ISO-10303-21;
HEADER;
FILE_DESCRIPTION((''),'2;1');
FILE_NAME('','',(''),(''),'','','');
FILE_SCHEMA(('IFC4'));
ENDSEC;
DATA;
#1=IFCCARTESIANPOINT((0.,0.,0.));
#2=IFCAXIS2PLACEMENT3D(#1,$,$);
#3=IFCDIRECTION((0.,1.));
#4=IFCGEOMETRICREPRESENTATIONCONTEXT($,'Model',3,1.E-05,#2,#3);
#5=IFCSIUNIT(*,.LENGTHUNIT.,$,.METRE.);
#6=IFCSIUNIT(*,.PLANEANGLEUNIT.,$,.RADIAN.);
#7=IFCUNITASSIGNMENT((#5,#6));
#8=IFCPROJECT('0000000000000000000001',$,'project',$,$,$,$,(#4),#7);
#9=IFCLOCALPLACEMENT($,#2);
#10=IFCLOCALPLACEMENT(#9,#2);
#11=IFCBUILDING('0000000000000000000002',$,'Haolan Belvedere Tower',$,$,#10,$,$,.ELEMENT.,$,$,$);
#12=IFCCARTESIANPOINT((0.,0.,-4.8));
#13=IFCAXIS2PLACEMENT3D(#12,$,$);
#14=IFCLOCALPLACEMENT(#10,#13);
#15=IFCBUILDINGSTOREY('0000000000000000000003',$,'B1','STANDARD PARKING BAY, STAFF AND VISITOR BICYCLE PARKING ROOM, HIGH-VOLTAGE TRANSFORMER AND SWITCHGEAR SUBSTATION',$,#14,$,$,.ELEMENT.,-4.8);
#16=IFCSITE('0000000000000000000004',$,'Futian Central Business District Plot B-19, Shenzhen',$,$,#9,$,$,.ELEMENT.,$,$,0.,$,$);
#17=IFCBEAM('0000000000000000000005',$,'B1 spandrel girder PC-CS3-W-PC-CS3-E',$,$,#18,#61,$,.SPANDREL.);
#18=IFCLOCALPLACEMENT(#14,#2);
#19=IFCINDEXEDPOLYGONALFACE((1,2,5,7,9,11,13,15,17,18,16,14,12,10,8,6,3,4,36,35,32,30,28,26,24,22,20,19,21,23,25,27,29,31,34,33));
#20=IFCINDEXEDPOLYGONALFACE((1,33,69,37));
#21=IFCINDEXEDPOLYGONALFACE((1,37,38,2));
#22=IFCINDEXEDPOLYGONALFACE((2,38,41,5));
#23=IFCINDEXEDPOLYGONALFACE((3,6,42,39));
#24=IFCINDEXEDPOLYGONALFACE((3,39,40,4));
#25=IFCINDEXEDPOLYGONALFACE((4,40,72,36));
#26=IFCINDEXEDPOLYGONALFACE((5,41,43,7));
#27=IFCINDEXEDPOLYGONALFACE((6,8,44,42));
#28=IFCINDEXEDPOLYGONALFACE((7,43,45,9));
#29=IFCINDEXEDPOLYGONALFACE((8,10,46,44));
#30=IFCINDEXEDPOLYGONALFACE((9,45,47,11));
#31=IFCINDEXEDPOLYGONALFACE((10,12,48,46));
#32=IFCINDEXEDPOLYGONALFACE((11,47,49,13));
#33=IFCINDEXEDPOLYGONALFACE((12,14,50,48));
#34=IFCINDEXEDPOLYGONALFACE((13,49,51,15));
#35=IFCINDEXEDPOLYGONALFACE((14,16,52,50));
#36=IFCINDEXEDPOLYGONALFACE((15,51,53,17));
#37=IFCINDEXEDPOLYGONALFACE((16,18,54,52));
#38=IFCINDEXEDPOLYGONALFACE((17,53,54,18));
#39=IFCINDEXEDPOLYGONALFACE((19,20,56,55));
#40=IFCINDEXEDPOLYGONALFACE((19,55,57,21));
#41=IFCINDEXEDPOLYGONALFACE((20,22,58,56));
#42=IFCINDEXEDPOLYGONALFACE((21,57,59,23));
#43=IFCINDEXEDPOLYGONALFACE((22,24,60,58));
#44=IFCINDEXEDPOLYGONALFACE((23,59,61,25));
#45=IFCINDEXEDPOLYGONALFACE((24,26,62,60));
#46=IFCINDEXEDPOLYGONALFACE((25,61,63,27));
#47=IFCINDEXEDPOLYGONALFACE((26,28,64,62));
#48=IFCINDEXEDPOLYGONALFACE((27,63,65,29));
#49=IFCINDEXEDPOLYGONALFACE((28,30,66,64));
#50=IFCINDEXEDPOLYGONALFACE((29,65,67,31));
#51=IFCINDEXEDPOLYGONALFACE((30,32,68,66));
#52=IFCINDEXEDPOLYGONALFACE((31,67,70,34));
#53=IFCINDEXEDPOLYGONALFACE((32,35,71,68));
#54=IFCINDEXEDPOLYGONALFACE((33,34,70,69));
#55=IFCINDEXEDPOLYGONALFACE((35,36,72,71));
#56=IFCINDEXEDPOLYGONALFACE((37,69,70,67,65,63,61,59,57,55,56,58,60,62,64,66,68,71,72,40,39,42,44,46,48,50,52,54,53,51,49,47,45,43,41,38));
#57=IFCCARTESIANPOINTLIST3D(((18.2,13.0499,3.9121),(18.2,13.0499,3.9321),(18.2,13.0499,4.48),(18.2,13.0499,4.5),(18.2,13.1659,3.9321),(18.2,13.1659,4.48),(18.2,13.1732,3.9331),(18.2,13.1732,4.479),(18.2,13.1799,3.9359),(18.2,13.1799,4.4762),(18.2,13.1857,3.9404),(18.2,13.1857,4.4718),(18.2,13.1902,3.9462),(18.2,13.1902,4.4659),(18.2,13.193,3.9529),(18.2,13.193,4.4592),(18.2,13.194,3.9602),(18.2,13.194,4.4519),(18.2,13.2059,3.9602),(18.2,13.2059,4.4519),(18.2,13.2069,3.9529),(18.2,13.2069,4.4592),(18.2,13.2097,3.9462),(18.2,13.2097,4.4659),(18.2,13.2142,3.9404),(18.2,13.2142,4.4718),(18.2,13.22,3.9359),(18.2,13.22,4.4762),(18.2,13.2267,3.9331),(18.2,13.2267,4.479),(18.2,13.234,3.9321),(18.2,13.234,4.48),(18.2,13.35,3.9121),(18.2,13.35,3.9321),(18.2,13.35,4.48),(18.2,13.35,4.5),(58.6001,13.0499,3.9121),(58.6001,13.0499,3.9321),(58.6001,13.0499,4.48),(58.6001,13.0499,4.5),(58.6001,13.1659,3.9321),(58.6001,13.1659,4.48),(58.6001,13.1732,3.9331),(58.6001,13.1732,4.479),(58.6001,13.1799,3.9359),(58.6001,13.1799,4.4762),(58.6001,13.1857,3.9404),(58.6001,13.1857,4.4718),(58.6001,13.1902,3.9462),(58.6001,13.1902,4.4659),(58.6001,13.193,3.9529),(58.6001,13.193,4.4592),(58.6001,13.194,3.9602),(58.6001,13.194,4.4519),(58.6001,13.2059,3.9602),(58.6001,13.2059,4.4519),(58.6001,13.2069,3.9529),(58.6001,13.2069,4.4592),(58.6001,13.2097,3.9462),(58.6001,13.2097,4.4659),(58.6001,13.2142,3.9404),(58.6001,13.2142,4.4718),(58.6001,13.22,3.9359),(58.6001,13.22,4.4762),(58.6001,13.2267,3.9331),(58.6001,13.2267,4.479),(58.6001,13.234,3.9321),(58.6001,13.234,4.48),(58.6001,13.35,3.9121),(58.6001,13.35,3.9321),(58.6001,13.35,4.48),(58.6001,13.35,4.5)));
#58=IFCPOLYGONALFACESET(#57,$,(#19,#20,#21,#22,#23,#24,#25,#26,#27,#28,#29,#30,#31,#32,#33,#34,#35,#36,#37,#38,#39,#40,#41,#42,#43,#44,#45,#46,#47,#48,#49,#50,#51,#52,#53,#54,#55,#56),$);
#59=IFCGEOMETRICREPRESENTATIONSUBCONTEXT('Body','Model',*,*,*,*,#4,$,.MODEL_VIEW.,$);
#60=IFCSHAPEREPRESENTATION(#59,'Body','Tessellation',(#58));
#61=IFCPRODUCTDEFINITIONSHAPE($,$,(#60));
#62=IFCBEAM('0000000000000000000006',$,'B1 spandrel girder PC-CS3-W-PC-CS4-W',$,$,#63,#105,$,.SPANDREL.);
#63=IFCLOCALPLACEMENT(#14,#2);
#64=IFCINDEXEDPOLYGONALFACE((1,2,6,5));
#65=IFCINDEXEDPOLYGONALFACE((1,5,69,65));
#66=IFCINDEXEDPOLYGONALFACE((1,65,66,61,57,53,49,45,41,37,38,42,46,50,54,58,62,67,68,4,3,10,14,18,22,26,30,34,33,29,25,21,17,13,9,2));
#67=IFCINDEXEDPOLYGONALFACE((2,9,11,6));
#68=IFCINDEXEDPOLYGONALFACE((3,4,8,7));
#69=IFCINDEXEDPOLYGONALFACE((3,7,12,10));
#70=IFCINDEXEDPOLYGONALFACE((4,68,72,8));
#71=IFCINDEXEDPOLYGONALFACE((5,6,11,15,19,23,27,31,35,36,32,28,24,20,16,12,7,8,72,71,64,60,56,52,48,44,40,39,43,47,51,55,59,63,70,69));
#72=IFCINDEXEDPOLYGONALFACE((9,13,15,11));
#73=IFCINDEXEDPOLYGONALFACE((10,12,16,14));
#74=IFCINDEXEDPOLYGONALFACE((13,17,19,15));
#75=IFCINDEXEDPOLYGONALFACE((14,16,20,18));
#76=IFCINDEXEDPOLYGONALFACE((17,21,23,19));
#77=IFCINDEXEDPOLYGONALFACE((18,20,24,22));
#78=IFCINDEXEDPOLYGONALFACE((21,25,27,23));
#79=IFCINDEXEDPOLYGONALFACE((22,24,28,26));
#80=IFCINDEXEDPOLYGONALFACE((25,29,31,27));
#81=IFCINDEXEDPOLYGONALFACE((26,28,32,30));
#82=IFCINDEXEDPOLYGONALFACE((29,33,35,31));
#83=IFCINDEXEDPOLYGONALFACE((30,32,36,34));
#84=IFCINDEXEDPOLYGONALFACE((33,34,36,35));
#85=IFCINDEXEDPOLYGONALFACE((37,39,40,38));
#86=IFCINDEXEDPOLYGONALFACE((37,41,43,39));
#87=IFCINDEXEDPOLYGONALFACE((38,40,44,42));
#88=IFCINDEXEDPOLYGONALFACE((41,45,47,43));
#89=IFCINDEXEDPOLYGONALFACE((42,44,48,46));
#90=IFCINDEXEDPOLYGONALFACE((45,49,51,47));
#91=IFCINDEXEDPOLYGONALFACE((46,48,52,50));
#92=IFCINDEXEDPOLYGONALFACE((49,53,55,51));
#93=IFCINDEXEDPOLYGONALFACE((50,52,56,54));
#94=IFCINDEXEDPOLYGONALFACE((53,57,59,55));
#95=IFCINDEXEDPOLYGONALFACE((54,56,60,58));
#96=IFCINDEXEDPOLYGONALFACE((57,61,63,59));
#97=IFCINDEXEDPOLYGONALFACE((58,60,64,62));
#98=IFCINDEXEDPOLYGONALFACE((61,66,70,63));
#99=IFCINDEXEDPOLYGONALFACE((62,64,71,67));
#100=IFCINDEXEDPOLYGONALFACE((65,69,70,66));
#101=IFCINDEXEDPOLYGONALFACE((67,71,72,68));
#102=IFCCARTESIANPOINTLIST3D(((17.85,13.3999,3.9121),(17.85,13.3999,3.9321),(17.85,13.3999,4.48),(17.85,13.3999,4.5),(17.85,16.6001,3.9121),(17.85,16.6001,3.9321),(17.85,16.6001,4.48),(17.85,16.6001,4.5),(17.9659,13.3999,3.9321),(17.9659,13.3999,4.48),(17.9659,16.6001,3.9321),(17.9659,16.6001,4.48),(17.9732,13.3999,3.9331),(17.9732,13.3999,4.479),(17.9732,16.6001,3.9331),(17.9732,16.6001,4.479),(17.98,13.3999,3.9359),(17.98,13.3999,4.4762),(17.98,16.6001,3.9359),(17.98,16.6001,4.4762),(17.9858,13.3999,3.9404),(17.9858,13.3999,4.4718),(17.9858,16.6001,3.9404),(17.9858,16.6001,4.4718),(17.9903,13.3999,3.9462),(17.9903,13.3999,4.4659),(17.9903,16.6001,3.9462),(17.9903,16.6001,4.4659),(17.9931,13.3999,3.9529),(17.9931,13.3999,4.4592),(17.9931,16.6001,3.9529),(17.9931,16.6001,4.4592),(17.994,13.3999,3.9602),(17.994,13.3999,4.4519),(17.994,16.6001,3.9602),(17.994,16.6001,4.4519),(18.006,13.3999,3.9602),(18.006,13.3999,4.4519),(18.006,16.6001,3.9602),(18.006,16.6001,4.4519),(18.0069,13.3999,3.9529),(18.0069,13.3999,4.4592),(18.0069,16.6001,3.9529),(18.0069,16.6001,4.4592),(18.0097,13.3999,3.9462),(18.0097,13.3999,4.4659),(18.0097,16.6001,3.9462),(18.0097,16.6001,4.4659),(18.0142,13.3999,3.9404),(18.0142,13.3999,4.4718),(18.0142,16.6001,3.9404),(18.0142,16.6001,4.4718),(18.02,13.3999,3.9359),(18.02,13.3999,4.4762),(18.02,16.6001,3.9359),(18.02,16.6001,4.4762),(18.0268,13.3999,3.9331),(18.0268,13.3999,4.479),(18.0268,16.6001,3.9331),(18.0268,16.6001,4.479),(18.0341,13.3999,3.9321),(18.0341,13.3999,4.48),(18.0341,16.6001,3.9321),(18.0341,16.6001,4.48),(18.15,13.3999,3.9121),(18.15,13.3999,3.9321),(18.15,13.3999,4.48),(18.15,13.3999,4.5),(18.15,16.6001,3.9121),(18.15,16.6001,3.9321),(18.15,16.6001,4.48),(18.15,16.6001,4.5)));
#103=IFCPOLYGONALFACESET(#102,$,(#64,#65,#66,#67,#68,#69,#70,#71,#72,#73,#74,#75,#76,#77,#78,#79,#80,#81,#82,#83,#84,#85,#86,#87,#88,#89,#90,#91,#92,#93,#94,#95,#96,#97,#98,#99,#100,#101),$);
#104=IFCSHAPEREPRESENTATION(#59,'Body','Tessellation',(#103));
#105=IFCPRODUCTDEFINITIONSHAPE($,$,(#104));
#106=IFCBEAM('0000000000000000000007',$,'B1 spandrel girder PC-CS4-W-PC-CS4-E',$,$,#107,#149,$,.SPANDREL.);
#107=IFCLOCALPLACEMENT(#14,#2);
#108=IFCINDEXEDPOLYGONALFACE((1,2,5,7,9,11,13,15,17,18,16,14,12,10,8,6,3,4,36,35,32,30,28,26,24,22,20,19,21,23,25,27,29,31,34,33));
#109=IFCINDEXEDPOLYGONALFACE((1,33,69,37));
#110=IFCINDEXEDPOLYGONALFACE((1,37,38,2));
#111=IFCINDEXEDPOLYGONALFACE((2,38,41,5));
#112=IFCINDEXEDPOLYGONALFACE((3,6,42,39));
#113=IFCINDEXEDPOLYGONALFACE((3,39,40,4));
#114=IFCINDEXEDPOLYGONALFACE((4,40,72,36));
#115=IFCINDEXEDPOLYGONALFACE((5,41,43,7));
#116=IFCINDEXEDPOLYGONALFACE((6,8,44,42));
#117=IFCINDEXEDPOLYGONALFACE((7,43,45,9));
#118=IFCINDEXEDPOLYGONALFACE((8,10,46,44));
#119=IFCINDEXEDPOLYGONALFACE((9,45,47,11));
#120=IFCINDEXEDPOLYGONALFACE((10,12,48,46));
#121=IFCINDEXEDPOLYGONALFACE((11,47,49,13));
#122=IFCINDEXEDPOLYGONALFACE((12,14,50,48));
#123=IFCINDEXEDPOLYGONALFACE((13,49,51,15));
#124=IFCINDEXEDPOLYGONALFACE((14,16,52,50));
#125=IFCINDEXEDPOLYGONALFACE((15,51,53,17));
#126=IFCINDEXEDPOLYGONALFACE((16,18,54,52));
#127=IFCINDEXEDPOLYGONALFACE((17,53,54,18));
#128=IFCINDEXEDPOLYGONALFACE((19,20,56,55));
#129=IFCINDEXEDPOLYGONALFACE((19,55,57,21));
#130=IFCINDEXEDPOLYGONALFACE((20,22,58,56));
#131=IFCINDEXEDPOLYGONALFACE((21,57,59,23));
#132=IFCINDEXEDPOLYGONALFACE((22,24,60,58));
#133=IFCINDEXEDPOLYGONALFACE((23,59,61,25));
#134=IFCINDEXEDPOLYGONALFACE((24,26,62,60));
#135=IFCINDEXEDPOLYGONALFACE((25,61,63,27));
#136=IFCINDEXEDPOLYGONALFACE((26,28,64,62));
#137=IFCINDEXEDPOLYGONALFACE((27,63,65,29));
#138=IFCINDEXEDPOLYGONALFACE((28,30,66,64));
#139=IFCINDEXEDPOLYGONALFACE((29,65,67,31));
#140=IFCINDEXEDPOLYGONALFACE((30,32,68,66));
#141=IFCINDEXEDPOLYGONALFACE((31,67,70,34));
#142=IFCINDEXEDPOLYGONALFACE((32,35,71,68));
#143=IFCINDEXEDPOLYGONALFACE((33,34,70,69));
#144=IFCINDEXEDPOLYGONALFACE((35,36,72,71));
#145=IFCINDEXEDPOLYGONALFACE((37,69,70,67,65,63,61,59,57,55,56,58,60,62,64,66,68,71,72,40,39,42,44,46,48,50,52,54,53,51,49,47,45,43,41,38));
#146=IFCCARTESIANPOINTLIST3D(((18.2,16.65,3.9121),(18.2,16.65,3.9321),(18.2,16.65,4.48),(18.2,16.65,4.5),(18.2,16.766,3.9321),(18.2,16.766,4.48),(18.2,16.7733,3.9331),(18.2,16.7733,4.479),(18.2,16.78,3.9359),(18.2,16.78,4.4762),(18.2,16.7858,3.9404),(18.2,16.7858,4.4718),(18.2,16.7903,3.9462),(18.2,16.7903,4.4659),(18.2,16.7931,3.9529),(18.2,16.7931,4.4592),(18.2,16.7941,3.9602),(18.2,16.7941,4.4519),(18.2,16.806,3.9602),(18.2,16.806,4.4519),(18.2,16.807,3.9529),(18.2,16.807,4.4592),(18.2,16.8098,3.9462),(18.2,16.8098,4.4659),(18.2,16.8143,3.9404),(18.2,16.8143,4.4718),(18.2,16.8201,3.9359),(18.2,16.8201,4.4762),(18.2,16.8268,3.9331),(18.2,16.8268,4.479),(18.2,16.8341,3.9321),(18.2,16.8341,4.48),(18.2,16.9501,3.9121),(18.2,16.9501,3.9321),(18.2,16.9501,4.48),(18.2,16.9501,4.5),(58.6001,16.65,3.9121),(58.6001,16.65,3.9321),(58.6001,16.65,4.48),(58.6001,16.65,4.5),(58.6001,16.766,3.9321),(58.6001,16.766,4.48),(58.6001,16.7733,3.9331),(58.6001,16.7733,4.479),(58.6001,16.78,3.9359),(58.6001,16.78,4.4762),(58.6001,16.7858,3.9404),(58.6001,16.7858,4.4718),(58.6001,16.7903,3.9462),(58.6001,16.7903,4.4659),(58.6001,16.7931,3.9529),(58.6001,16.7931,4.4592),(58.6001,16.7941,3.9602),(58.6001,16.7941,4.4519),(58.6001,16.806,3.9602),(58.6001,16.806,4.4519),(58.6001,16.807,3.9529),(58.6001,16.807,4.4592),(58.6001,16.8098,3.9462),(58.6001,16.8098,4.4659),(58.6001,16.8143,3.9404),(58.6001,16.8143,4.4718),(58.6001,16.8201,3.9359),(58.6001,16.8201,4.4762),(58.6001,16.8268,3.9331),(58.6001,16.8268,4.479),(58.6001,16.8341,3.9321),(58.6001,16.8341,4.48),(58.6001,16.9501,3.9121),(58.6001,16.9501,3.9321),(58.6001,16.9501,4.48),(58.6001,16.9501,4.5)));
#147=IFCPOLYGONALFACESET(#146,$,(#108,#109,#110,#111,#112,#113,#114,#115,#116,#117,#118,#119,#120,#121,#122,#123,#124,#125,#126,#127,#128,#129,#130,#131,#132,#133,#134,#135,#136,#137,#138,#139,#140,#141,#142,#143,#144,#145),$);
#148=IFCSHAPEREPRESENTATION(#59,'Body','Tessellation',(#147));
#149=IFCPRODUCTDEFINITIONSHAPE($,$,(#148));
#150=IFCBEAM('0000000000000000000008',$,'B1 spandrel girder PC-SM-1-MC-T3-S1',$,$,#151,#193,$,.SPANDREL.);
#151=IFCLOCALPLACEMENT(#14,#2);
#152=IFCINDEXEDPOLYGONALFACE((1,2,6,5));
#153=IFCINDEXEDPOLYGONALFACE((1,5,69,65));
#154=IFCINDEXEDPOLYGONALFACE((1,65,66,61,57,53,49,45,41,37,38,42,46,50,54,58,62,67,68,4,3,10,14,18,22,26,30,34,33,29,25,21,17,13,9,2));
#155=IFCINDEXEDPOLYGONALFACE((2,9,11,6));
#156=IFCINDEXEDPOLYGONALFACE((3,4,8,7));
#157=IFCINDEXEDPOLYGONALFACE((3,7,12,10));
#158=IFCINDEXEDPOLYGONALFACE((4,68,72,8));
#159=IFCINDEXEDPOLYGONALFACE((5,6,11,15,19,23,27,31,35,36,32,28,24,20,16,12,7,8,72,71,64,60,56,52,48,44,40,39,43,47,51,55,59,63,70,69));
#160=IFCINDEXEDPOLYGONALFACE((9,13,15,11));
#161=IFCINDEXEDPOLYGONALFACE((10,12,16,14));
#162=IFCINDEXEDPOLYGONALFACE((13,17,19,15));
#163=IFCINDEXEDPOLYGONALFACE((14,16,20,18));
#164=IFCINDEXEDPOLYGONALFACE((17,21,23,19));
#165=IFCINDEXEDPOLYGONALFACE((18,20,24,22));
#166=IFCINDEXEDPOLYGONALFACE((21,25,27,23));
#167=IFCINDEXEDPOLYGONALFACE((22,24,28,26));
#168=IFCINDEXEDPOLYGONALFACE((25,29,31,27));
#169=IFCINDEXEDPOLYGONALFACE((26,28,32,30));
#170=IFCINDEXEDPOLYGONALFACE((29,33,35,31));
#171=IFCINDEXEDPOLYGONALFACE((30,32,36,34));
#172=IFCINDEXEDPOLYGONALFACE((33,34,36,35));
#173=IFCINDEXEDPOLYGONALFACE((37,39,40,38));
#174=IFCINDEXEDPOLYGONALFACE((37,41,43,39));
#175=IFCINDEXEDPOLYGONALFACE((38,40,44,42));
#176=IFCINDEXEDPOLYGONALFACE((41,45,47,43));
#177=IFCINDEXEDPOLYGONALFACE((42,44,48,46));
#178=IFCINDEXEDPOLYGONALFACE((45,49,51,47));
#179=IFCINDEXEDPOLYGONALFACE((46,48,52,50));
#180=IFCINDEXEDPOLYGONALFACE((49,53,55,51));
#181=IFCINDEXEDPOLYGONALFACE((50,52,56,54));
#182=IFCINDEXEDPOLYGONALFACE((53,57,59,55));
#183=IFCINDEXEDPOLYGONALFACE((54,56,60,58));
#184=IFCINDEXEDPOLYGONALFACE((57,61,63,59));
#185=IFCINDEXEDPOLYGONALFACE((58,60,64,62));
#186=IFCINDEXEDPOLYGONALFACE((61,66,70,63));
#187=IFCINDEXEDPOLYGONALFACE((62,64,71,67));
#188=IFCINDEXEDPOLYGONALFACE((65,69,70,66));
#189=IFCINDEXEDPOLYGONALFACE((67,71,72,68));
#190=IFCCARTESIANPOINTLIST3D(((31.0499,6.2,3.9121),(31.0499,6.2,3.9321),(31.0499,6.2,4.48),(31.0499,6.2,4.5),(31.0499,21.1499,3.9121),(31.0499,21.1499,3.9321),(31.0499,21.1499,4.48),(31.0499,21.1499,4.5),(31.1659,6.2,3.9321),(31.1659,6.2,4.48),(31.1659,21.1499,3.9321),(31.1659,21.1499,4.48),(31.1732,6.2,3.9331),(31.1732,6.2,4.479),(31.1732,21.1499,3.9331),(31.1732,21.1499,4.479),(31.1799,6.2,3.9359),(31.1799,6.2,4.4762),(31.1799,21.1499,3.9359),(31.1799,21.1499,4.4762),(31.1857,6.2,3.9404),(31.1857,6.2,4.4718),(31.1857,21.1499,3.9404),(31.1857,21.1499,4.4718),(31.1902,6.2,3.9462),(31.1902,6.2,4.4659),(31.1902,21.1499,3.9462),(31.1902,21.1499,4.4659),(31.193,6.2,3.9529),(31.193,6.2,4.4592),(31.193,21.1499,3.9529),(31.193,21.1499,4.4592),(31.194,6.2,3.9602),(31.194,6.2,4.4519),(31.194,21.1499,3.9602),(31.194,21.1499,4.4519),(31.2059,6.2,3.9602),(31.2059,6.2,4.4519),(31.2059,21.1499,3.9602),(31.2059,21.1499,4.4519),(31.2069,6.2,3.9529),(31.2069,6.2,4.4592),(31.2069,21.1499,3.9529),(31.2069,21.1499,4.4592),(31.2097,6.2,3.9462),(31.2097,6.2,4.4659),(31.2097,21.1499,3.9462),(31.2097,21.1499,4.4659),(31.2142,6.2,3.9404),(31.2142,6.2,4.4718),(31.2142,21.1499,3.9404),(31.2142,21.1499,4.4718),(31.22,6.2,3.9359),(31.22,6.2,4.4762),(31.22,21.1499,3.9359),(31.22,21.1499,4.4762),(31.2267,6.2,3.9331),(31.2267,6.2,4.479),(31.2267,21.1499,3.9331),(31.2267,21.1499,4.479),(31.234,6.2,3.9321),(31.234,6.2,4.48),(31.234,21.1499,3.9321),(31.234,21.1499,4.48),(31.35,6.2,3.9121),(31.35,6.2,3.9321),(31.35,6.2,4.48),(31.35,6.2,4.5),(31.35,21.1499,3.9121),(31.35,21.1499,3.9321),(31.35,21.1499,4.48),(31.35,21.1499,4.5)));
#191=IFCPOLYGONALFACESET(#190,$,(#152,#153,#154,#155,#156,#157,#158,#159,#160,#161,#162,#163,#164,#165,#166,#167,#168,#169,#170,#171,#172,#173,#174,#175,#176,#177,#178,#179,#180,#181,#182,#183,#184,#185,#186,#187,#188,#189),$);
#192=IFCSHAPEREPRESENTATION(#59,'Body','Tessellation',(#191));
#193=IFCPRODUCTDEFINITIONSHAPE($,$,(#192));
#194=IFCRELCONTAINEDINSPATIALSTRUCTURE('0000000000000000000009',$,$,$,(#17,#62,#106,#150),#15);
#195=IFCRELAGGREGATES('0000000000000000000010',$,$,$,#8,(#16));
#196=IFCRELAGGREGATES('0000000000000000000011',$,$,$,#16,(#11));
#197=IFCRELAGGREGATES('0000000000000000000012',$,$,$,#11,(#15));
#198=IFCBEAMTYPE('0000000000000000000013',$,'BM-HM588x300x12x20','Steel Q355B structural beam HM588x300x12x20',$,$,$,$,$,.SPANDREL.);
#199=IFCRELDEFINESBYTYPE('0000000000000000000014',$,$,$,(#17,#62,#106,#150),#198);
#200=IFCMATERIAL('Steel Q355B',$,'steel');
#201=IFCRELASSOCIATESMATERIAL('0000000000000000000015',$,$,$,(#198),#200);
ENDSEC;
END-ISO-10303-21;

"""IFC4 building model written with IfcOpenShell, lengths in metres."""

from ifc_helpers import new_model, si_unit, direction, frame, origin, origin_2d, place, context, subcontext, project, spatial, i_section, extrude, material, material_profile, profile_set, type_object, element, save


model = new_model("IFC4")

# Units and contexts
model_context = context("Model", 3, precision=1e-05, world=origin(), true_north=direction((0.0, 1.0)))
body_context = subcontext(model_context, "Body", "Model", "MODEL_VIEW")
ifc_project = project(units=[si_unit("LENGTHUNIT", "METRE"), si_unit("PLANEANGLEUNIT", "RADIAN")], contexts=[model_context])

# Site, building, storey
site_placement = place(None, origin())
site = spatial("IfcSite", under=ifc_project, at=site_placement, Name="Futian Central Business District Plot B-19, Shenzhen", CompositionType="ELEMENT", RefElevation=0.0)
building_placement = place(site_placement, origin())
building = spatial("IfcBuilding", under=site, at=building_placement, Name="Haolan Belvedere Tower", CompositionType="ELEMENT")
storey_placement = place(building_placement, frame((0.0, 0.0, -4.8)))
storey = spatial("IfcBuildingStorey", under=building, at=storey_placement, Name="B1", Description="STANDARD PARKING BAY, STAFF AND VISITOR BICYCLE PARKING ROOM, HIGH-VOLTAGE TRANSFORMER AND SWITCHGEAR SUBSTATION", CompositionType="ELEMENT", Elevation=-4.8)

# Shared definitions
ifc_material_1 = material(Name="Steel Q355B", Category="steel")

# Beams
ifc_material_profile_1 = material_profile(ifc_material_1, i_section(OverallWidth=0.3, OverallDepth=0.5879, WebThickness=0.012, FlangeThickness=0.02, FilletRadius=0.0281, at=origin_2d()), Name="Steel Q355B")
ifc_profile_set_1 = profile_set([ifc_material_profile_1], Name="Steel Q355B")
beam_type_1 = type_object("IfcBeamType", Name="BM-HM588x300x12x20", Description="Steel Q355B structural beam HM588x300x12x20", PredefinedType="SPANDREL", material=ifc_profile_set_1)
beam_1_placement = place(storey_placement, frame((18.2, 13.2, 4.2061), z_axis=(1.0, 0.0, 0.0), x_axis=(0.0, 1.0, 0.0)))
element("IfcBeam", 1, at=beam_1_placement, inside=storey, type_object=beam_type_1, Name="B1 spandrel girder PC-CS3-W-PC-CS3-E", PredefinedType="SPANDREL", context=body_context, shape_type="SweptSolid", body=[
    extrude(i_section(OverallWidth=0.3, OverallDepth=0.5879, WebThickness=0.012, FlangeThickness=0.02, FilletRadius=0.0281, at=origin_2d()), origin(), (0.0, 0.0, 1.0), 40.4001),
])
beam_2_placement = place(storey_placement, frame((18.0, 13.3999, 4.2061), z_axis=(0.0, 1.0, 0.0), x_axis=(-1.0, 0.0, 0.0)))
element("IfcBeam", 2, at=beam_2_placement, inside=storey, type_object=beam_type_1, Name="B1 spandrel girder PC-CS3-W-PC-CS4-W", PredefinedType="SPANDREL", context=body_context, shape_type="SweptSolid", body=[
    extrude(i_section(OverallWidth=0.3, OverallDepth=0.5879, WebThickness=0.012, FlangeThickness=0.02, FilletRadius=0.0281, at=origin_2d()), origin(), (0.0, 0.0, 1.0), 3.2002),
])
beam_3_placement = place(storey_placement, frame((18.2, 16.8, 4.2061), z_axis=(1.0, 0.0, 0.0), x_axis=(0.0, 1.0, 0.0)))
element("IfcBeam", 3, at=beam_3_placement, inside=storey, type_object=beam_type_1, Name="B1 spandrel girder PC-CS4-W-PC-CS4-E", PredefinedType="SPANDREL", context=body_context, shape_type="SweptSolid", body=[
    extrude(i_section(OverallWidth=0.3, OverallDepth=0.5879, WebThickness=0.012, FlangeThickness=0.02, FilletRadius=0.0281, at=origin_2d()), origin(), (0.0, 0.0, 1.0), 40.4001),
])
beam_4_placement = place(storey_placement, frame((31.2, 6.2, 4.2061), z_axis=(0.0, 1.0, 0.0), x_axis=(-1.0, 0.0, 0.0)))
element("IfcBeam", 4, at=beam_4_placement, inside=storey, type_object=beam_type_1, Name="B1 spandrel girder PC-SM-1-MC-T3-S1", PredefinedType="SPANDREL", context=body_context, shape_type="SweptSolid", body=[
    extrude(i_section(OverallWidth=0.3, OverallDepth=0.5879, WebThickness=0.012, FlangeThickness=0.02, FilletRadius=0.0281, at=origin_2d()), origin(), (0.0, 0.0, 1.0), 14.95),
])

save(model, "model.ifc")
